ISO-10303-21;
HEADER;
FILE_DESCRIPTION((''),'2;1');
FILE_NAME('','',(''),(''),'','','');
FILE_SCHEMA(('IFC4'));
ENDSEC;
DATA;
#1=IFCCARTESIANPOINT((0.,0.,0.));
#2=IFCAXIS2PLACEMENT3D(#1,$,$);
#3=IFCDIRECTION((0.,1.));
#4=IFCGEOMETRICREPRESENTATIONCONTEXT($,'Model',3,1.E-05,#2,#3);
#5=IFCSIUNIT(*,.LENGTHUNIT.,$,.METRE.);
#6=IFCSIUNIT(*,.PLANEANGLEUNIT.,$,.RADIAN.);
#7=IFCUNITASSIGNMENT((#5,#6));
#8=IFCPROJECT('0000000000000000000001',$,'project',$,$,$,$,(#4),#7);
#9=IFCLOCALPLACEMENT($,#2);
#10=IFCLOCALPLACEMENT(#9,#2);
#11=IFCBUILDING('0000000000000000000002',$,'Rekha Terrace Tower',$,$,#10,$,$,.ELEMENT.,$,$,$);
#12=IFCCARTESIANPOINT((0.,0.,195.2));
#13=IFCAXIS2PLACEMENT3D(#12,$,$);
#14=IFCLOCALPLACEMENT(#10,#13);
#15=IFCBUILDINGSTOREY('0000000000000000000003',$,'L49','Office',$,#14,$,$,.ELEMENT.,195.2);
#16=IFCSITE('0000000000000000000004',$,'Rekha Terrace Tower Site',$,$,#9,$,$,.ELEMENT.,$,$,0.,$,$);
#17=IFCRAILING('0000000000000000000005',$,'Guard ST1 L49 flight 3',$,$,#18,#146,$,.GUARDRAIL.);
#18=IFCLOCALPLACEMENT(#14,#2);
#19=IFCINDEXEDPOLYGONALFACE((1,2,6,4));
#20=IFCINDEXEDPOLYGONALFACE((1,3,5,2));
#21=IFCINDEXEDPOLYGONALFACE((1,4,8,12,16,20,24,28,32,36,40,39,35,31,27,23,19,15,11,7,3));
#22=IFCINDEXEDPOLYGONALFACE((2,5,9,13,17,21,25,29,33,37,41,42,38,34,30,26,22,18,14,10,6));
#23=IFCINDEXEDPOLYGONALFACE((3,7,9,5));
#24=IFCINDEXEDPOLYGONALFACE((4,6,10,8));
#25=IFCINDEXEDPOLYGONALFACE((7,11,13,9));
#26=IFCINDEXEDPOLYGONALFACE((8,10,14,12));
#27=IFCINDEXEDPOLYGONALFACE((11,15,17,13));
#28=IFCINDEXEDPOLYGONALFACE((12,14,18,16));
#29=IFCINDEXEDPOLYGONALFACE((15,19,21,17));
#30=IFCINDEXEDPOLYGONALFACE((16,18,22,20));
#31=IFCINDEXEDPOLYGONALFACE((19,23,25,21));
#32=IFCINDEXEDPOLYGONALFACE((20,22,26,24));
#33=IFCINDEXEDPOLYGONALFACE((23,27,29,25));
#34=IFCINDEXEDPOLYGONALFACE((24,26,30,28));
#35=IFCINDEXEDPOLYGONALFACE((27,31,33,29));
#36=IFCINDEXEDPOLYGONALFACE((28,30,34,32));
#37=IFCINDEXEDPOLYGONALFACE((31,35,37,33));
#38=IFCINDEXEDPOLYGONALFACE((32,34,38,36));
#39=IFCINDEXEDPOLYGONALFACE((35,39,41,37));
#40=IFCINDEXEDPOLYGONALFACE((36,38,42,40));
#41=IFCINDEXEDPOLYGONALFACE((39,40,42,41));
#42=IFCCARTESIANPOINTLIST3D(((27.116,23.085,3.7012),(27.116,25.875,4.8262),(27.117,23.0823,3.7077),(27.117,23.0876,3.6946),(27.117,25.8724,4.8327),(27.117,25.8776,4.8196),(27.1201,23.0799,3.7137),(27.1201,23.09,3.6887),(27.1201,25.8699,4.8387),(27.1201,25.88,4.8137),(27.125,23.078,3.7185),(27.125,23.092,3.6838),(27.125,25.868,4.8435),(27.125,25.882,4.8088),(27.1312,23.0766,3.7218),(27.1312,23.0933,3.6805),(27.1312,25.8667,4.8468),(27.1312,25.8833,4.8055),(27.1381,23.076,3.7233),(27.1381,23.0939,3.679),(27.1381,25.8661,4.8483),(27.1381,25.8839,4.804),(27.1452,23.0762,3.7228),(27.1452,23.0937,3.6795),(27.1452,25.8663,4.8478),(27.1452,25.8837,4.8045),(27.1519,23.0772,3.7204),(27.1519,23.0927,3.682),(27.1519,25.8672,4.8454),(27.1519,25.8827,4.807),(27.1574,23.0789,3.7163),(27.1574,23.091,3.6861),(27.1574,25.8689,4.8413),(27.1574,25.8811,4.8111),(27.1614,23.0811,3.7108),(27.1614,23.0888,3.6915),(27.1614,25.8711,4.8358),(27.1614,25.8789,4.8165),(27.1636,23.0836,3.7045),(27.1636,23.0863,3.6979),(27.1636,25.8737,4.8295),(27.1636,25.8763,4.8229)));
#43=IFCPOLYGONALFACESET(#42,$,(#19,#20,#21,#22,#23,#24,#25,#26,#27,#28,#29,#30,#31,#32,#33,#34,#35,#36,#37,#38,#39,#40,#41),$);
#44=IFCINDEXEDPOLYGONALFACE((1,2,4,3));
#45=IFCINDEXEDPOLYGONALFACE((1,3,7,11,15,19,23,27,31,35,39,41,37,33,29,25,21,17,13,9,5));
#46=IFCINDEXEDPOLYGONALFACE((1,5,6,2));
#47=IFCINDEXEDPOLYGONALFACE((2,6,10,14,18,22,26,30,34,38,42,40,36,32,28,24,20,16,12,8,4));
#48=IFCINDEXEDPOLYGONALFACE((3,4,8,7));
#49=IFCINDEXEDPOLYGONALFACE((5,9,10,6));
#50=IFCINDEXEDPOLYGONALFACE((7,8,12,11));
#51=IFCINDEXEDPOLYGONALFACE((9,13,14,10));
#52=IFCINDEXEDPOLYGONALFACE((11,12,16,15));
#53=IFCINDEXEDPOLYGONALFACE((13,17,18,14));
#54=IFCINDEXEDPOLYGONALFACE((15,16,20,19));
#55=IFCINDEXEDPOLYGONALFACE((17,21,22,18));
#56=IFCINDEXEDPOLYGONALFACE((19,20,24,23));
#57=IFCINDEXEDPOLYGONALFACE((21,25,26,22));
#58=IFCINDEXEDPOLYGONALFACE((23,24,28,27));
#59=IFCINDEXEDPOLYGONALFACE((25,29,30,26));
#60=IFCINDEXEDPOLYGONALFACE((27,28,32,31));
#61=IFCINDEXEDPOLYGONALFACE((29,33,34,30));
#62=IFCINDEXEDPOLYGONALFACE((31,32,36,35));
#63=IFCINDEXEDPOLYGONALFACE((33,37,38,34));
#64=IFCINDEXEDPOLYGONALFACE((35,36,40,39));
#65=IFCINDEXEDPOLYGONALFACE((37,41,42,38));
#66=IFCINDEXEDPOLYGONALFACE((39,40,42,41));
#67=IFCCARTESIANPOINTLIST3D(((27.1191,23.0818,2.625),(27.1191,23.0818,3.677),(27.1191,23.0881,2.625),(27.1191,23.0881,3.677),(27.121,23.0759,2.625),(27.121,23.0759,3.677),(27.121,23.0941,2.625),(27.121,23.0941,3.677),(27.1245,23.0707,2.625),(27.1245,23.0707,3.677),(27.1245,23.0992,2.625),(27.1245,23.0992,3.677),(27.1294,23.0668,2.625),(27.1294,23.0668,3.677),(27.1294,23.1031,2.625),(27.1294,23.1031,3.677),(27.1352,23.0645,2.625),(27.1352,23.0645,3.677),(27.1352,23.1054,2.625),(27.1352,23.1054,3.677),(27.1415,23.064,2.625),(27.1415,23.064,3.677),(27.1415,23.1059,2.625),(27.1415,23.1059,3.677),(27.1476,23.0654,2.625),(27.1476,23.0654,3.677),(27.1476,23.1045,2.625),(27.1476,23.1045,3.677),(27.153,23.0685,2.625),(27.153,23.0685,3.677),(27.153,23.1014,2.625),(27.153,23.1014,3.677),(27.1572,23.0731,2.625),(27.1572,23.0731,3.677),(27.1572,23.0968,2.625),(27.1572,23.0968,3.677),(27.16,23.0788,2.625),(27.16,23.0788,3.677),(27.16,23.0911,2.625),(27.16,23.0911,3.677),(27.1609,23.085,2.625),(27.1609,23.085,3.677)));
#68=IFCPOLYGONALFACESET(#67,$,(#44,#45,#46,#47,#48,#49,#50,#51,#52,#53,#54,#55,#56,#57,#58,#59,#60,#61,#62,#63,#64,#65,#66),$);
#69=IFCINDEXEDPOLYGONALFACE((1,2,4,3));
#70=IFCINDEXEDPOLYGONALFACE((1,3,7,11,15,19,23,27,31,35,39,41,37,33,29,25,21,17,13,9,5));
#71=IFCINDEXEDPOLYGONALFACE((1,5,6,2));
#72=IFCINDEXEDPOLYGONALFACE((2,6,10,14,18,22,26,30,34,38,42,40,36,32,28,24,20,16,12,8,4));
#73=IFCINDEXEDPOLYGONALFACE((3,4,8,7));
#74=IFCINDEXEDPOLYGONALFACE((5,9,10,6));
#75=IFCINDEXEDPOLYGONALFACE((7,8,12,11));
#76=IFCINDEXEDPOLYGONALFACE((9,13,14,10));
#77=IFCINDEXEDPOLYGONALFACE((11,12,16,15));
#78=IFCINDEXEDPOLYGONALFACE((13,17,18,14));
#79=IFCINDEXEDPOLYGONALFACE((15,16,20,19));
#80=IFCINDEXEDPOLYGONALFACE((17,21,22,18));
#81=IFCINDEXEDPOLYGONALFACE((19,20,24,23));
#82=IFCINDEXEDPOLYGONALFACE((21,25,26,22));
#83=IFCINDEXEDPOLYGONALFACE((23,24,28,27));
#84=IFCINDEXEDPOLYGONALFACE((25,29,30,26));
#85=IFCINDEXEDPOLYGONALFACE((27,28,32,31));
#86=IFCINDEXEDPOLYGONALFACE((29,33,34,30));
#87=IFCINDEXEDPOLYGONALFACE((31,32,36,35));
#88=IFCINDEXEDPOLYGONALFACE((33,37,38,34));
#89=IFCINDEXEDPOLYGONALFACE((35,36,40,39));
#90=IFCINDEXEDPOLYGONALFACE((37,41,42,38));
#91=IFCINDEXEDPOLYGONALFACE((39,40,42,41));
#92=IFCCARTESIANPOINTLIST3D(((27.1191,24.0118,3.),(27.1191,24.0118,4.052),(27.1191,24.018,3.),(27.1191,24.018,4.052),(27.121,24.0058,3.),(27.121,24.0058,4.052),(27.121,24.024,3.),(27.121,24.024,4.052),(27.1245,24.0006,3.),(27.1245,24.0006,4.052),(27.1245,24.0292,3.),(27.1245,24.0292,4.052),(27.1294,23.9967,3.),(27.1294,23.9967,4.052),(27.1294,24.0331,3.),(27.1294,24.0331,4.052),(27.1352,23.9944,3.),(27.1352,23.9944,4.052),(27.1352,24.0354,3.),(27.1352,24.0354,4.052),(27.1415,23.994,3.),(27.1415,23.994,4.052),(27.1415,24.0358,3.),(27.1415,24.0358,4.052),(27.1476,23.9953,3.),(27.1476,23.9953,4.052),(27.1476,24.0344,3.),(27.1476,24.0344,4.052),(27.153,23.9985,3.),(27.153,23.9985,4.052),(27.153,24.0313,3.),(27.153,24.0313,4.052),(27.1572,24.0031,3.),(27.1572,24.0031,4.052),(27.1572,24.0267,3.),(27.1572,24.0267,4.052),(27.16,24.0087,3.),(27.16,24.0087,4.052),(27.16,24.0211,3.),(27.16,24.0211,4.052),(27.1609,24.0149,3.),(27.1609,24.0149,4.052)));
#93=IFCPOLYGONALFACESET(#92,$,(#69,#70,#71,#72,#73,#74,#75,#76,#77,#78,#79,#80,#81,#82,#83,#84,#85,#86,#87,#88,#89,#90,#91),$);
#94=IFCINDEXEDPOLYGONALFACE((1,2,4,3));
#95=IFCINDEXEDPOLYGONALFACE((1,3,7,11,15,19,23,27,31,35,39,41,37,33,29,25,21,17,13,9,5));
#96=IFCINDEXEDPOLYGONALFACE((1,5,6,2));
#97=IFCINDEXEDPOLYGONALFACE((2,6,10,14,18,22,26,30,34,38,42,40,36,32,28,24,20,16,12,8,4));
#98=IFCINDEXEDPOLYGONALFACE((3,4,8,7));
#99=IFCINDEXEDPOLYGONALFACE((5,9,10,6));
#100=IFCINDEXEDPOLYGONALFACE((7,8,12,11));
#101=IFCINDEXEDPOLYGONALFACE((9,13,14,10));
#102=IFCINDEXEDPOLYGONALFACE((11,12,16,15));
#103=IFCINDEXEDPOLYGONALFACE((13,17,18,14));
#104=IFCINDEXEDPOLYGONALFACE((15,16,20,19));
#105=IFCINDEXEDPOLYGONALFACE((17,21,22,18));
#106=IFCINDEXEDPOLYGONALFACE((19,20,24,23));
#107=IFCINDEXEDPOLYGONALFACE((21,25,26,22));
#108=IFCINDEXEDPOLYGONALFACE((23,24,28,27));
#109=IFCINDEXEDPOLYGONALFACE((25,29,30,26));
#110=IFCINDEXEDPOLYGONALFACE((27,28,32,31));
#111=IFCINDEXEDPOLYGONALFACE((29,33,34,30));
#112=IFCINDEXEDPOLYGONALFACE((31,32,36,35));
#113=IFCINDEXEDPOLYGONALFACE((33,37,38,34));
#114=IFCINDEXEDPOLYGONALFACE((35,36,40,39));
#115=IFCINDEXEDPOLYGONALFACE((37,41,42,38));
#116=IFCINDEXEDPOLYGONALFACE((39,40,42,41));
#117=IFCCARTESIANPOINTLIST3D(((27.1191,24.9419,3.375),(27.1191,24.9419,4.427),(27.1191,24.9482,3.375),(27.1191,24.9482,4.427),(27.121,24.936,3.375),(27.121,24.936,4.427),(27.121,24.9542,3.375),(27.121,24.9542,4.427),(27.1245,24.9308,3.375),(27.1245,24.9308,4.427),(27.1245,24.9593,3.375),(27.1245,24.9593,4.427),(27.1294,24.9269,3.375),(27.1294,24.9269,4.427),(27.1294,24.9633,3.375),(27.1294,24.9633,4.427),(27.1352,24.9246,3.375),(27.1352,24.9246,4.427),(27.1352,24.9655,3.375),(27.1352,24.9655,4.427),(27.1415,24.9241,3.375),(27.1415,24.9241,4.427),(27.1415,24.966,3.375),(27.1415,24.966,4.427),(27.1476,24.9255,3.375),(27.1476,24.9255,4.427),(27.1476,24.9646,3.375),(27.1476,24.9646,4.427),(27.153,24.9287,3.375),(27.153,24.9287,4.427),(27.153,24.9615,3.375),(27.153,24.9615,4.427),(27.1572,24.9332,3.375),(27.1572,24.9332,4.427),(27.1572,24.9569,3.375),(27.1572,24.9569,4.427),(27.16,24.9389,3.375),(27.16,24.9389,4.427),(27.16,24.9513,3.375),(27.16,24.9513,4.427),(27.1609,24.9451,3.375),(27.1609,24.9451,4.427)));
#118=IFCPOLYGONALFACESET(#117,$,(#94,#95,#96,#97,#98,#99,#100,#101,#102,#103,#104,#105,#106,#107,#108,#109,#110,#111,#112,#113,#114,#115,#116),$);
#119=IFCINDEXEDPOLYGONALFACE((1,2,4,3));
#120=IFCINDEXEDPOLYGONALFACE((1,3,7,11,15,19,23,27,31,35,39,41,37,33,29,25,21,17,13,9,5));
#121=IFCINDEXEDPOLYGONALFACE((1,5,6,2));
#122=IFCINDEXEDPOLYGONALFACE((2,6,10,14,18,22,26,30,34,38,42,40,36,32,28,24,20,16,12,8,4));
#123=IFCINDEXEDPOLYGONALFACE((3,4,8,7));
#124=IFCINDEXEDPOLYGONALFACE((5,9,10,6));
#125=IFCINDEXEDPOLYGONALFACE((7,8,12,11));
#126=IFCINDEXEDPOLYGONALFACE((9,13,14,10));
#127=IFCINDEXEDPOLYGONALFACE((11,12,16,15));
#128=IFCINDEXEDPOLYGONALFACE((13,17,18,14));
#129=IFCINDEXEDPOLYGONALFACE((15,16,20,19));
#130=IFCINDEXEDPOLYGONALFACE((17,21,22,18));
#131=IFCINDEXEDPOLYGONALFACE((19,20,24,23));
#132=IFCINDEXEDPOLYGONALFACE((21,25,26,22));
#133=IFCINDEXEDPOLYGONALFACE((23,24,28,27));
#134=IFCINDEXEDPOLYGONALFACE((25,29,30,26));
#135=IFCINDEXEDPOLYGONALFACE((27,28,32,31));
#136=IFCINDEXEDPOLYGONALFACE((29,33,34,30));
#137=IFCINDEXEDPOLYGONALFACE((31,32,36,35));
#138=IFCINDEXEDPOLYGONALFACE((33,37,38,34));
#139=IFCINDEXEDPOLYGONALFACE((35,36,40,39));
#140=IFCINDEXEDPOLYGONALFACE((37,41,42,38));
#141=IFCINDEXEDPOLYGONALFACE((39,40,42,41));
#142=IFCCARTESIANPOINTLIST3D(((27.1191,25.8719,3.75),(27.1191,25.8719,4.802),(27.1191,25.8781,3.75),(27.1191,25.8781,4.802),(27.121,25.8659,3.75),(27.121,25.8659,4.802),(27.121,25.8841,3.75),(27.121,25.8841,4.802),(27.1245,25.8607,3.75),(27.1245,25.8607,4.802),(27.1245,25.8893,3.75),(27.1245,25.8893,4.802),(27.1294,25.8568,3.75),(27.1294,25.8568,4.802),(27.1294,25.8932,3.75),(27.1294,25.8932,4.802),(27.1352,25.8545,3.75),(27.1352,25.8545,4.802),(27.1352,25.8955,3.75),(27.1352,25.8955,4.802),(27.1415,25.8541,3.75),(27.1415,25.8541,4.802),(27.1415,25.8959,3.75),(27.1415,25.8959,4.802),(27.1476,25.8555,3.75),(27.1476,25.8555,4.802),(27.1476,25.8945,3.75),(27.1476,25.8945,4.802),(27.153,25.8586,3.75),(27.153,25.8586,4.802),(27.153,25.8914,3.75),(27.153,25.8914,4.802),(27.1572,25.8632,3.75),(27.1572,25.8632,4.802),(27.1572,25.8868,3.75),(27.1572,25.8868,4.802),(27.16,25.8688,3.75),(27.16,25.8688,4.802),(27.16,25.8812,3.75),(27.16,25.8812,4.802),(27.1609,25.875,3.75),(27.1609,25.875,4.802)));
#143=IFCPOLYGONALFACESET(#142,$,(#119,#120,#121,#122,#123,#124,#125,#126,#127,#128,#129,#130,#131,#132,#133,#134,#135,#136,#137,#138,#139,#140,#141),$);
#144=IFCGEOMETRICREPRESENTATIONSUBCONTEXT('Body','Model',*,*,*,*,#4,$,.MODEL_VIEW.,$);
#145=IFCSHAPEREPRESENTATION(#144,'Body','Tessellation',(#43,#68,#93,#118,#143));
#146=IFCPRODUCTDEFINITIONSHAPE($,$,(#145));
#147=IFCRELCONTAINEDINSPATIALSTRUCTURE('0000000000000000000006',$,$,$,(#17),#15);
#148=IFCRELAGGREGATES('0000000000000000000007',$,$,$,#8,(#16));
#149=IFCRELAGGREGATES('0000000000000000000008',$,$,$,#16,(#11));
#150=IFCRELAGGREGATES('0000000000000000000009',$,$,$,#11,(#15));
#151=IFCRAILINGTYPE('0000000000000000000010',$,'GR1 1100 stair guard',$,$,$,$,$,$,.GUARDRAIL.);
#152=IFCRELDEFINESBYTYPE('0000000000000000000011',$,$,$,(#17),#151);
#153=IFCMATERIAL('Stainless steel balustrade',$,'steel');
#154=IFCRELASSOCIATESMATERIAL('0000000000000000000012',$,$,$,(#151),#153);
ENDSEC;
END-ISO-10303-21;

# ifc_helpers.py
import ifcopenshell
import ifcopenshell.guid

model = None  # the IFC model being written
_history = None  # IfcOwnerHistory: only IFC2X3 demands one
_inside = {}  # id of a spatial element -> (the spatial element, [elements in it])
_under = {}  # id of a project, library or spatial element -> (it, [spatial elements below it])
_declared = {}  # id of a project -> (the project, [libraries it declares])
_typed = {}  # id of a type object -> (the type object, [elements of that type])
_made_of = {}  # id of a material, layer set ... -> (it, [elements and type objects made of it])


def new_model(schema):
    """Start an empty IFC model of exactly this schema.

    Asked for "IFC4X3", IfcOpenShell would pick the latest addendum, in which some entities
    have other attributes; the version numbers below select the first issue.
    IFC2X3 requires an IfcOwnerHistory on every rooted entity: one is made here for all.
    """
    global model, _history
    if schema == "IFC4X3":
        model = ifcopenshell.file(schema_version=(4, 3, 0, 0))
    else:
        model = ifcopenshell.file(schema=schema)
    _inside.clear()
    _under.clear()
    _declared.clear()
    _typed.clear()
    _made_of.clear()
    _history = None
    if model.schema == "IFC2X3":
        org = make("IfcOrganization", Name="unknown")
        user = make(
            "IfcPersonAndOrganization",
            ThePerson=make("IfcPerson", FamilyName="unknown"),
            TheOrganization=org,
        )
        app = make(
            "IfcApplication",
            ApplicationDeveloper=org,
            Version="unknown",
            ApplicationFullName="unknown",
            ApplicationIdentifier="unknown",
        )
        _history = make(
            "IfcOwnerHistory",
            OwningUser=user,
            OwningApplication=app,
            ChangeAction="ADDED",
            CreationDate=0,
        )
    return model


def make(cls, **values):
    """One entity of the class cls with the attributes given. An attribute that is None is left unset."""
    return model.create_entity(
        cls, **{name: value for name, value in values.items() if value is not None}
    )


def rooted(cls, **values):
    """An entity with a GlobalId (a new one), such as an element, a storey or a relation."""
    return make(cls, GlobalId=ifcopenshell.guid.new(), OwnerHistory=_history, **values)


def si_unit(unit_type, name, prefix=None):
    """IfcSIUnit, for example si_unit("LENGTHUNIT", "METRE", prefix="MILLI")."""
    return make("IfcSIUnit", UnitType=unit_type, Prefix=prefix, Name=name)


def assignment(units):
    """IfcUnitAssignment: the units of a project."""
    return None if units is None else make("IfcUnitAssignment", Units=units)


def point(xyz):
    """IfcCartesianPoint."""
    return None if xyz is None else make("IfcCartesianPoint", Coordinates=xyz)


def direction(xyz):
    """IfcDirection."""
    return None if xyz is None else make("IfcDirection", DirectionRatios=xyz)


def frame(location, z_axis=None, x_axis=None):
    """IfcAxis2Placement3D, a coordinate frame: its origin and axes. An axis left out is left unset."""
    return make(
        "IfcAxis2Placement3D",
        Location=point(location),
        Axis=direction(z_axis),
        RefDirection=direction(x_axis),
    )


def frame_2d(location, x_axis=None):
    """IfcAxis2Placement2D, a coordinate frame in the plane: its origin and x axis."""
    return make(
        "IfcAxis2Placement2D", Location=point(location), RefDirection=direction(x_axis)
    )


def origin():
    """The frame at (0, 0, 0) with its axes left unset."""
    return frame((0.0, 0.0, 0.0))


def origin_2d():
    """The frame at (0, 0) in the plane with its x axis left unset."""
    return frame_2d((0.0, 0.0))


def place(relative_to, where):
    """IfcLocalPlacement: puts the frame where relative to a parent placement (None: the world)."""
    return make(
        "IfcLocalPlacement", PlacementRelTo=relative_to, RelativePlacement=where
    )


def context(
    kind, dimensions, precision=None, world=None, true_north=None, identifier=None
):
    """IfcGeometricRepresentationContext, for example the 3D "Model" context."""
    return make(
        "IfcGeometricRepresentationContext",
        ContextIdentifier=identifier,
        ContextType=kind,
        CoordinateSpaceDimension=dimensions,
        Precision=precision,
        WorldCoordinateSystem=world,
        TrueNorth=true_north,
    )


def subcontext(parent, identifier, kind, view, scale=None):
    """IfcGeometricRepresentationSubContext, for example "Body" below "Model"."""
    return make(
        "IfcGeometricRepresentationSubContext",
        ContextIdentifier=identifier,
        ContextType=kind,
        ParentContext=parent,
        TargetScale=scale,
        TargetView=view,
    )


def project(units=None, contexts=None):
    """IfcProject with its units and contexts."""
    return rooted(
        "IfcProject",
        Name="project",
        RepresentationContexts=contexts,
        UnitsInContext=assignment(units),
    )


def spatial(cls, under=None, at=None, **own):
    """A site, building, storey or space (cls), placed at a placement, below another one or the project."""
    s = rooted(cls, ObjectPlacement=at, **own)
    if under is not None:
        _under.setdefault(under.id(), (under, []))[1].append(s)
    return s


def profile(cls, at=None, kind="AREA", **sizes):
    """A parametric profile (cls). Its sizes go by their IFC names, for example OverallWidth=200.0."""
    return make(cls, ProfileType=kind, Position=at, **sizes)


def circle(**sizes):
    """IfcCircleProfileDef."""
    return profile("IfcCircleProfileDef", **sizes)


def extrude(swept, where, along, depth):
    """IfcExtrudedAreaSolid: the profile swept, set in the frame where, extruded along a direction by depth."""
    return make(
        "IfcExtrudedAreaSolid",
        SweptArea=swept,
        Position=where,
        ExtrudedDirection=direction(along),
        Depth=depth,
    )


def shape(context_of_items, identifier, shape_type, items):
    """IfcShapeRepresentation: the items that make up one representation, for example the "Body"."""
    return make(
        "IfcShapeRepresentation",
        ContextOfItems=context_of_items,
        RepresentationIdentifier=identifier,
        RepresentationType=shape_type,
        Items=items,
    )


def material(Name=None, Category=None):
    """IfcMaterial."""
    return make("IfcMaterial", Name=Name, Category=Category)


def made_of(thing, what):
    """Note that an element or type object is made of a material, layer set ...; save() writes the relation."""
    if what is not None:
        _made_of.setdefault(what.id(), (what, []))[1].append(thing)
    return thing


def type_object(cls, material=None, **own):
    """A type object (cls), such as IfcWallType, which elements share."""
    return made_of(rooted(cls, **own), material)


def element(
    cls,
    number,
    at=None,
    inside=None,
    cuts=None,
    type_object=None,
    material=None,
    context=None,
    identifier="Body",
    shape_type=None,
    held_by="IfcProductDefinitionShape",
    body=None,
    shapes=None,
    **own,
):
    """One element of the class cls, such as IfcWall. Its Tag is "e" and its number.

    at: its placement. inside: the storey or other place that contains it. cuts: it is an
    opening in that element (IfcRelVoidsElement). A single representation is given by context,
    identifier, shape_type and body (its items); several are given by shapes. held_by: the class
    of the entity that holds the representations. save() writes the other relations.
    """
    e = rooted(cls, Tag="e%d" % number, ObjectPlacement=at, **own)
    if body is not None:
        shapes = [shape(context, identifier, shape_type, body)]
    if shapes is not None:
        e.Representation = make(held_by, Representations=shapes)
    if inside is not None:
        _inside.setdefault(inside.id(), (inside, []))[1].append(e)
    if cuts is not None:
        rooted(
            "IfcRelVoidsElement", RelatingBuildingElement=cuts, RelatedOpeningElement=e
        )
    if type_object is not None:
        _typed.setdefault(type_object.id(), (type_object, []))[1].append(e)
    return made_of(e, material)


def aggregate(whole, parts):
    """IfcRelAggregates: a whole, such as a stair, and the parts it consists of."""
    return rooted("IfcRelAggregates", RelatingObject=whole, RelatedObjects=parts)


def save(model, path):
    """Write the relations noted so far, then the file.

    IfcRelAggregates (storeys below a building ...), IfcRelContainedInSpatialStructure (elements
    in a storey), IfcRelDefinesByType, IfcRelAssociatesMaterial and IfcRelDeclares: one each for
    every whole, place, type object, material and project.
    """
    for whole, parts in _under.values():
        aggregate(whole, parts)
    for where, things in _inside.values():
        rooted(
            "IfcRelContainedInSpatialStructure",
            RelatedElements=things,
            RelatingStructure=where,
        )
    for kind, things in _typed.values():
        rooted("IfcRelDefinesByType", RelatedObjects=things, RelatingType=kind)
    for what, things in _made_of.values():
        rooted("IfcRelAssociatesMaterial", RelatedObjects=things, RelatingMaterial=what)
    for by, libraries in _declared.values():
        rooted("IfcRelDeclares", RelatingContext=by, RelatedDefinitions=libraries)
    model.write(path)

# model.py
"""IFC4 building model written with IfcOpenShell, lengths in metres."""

from ifc_helpers import new_model, si_unit, direction, frame, origin, origin_2d, place, context, subcontext, project, spatial, circle, extrude, material, type_object, element, save


model = new_model("IFC4")

# Units and contexts
model_context = context("Model", 3, precision=1e-05, world=origin(), true_north=direction((0.0, 1.0)))
body_context = subcontext(model_context, "Body", "Model", "MODEL_VIEW")
ifc_project = project(units=[si_unit("LENGTHUNIT", "METRE"), si_unit("PLANEANGLEUNIT", "RADIAN")], contexts=[model_context])

# Site, building, storey
site_placement = place(None, origin())
site = spatial("IfcSite", under=ifc_project, at=site_placement, Name="Rekha Terrace Tower Site", CompositionType="ELEMENT", RefElevation=0.0)
building_placement = place(site_placement, origin())
building = spatial("IfcBuilding", under=site, at=building_placement, Name="Rekha Terrace Tower", CompositionType="ELEMENT")
storey_placement = place(building_placement, frame((0.0, 0.0, 195.2)))
storey = spatial("IfcBuildingStorey", under=building, at=storey_placement, Name="L49", Description="Office", CompositionType="ELEMENT", Elevation=195.2)

# Railing
ifc_material_1 = material(Name="Stainless steel balustrade", Category="steel")
railing_type_1 = type_object("IfcRailingType", Name="GR1 1100 stair guard", PredefinedType="GUARDRAIL", material=ifc_material_1)
railing_1_placement = place(storey_placement, frame((27.1399, 23.085, 2.625)))
element("IfcRailing", 1, at=railing_1_placement, inside=storey, type_object=railing_type_1, Name="Guard ST1 L49 flight 3", PredefinedType="GUARDRAIL", context=body_context, shape_type="SweptSolid", body=[
    extrude(circle(Radius=0.0239, at=origin_2d()), frame((0.0, 0.0, 1.0762), z_axis=(0.0, 0.927443, 0.373964), x_axis=(-1.0, 0.0, 0.0)), (0.0, 0.0, 1.0), 3.0083),
    extrude(circle(Radius=0.021, at=origin_2d()), origin(), (0.0, 0.0, 1.0), 1.052),
    extrude(circle(Radius=0.021, at=origin_2d()), frame((0.0, 0.9299, 0.375)), (0.0, 0.0, 1.0), 1.052),
    extrude(circle(Radius=0.021, at=origin_2d()), frame((0.0, 1.8601, 0.75)), (0.0, 0.0, 1.0), 1.052),
    extrude(circle(Radius=0.021, at=origin_2d()), frame((0.0, 2.79, 1.125)), (0.0, 0.0, 1.0), 1.052),
])

save(model, "model.ifc")
